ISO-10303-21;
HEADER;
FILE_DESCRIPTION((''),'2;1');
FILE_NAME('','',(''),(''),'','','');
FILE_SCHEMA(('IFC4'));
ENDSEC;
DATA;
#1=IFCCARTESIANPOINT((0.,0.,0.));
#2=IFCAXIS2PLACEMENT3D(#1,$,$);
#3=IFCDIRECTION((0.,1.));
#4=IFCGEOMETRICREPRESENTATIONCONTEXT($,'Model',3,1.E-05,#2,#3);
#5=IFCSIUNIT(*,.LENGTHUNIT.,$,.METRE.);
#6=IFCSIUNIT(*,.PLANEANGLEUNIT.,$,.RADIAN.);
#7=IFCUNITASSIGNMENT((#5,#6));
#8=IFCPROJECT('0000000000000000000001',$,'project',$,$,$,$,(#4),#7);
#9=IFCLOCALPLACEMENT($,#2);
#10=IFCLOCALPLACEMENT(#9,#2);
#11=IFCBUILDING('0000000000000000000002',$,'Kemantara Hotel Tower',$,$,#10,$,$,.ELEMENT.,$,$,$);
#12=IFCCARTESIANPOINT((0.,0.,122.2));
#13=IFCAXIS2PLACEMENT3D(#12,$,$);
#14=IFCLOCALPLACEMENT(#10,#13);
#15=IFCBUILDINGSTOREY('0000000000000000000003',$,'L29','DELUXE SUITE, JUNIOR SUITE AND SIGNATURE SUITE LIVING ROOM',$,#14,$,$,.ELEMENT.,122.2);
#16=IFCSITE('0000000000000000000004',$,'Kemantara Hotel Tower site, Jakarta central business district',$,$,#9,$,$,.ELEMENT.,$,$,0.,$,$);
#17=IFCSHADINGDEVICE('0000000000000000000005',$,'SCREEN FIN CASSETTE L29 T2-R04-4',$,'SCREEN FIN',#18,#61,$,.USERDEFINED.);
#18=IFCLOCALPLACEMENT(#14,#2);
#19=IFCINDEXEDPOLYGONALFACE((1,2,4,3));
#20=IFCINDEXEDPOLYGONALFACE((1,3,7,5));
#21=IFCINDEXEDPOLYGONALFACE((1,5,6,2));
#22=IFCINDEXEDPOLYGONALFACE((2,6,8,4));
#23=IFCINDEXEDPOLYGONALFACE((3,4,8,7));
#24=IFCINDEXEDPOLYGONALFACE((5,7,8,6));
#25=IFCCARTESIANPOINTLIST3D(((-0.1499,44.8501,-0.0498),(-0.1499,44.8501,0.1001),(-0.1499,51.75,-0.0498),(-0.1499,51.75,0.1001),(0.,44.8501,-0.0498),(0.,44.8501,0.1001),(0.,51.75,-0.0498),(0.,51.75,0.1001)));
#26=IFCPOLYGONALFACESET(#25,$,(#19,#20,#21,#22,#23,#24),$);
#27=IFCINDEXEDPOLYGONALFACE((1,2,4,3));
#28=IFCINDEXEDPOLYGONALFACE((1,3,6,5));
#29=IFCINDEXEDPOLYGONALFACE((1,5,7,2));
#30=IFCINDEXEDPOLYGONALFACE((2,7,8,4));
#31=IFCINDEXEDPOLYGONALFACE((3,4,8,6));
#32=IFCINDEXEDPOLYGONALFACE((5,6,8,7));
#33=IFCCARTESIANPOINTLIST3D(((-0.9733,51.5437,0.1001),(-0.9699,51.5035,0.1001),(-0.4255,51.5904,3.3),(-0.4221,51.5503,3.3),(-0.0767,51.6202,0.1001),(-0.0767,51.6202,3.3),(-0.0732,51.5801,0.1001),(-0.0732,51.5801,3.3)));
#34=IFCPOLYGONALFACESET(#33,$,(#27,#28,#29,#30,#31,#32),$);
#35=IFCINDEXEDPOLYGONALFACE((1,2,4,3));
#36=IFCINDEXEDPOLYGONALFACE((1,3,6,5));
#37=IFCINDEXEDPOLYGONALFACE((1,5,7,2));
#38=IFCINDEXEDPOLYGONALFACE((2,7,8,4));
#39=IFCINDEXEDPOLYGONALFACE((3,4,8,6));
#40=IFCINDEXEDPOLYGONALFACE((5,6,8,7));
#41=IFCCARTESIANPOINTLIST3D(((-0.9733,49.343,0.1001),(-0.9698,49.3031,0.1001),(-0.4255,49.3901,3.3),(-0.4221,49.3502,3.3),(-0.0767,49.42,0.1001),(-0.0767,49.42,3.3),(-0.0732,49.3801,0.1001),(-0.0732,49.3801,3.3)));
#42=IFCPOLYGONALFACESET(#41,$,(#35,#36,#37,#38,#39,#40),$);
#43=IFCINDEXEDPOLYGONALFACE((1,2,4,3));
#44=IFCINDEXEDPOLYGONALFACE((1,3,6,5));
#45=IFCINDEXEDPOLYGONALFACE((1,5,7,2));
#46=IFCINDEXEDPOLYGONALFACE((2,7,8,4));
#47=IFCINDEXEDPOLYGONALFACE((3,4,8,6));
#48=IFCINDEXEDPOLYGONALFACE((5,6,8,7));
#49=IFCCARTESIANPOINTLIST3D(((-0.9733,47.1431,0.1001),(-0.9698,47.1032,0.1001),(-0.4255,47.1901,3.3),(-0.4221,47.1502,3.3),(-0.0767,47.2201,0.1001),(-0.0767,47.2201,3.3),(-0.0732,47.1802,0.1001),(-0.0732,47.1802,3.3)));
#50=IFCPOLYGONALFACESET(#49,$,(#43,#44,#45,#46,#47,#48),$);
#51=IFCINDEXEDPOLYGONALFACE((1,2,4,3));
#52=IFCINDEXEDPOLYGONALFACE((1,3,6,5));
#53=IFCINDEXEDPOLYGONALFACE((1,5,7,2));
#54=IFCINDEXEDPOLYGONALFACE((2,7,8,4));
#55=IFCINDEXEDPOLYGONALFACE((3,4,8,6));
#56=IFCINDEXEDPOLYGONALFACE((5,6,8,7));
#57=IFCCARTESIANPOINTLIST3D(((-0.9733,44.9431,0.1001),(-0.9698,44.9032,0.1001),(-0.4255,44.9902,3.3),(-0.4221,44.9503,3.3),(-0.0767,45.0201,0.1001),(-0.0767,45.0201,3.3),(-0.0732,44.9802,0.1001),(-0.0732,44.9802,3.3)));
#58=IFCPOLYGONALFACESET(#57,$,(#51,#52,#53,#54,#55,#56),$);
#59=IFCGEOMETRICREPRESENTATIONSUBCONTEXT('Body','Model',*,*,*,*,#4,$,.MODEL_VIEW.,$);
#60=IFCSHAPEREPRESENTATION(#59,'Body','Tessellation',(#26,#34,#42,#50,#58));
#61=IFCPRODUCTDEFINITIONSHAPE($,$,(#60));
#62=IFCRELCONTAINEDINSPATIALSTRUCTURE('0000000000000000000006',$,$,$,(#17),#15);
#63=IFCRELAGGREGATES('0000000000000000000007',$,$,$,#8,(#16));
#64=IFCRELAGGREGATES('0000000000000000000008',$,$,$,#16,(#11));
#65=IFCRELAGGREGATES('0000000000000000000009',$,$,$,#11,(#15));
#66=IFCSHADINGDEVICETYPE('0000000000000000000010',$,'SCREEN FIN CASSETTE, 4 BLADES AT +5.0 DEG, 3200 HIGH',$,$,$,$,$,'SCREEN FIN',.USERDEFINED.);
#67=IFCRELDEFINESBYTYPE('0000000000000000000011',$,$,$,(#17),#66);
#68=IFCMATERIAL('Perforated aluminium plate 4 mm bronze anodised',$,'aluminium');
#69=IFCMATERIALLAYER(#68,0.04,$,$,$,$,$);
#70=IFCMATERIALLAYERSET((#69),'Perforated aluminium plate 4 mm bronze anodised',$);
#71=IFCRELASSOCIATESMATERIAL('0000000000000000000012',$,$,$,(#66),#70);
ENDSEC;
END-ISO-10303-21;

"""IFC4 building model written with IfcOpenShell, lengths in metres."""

from ifc_helpers import new_model, si_unit, direction, frame, origin, origin_2d, place, context, subcontext, project, spatial, polyline, rectangle, outline, extrude, source, transform, mapped, material, layer, layer_set, type_object, element, save


model = new_model("IFC4")

# Units and contexts
model_context = context("Model", 3, precision=1e-05, world=origin(), true_north=direction((0.0, 1.0)))
body_context = subcontext(model_context, "Body", "Model", "MODEL_VIEW")
ifc_project = project(units=[si_unit("LENGTHUNIT", "METRE"), si_unit("PLANEANGLEUNIT", "RADIAN")], contexts=[model_context])

# Site, building, storey
site_placement = place(None, origin())
site = spatial("IfcSite", under=ifc_project, at=site_placement, Name="Kemantara Hotel Tower site, Jakarta central business district", CompositionType="ELEMENT", RefElevation=0.0)
building_placement = place(site_placement, origin())
building = spatial("IfcBuilding", under=site, at=building_placement, Name="Kemantara Hotel Tower", CompositionType="ELEMENT")
storey_placement = place(building_placement, frame((0.0, 0.0, 122.2)))
storey = spatial("IfcBuildingStorey", under=building, at=storey_placement, Name="L29", Description="DELUXE SUITE, JUNIOR SUITE AND SIGNATURE SUITE LIVING ROOM", CompositionType="ELEMENT", Elevation=122.2)

# Shading device
ifc_material_1 = material(Name="Perforated aluminium plate 4 mm bronze anodised", Category="aluminium")
ifc_layer_1 = layer(ifc_material_1, 0.04)
ifc_layer_set_1 = layer_set([ifc_layer_1], Name="Perforated aluminium plate 4 mm bronze anodised")
shading_device_type_1 = type_object("IfcShadingDeviceType", Name="SCREEN FIN CASSETTE, 4 BLADES AT +5.0 DEG, 3200 HIGH", ElementType="SCREEN FIN", PredefinedType="USERDEFINED", material=ifc_layer_set_1)
shared_shape_1 = source(origin(), body_context, "Body", "SweptSolid", [
    extrude(rectangle(XDim=6.8999, YDim=0.1499, at=origin_2d()), frame((3.3, -0.075, -0.1499), z_axis=(0.0, 0.0, 1.0), x_axis=(1.0, 0.0, 0.0)), (0.0, 0.0, 1.0), 0.1499),
    extrude(outline(polyline([(0.0, 0.0), (0.8999, 0.0), (0.3501, 3.2), (0.0, 3.2), (0.0, 0.0)])), frame((0.02, -0.0732, 0.0), z_axis=(-0.996376, -0.085056, 0.0), x_axis=(0.085056, -0.996376, 0.0)), (0.0, 0.0, 1.0), 0.0403),
    extrude(outline(polyline([(0.0, 0.0), (0.8999, 0.0), (0.3501, 3.2), (0.0, 3.2), (0.0, 0.0)])), frame((2.22, -0.0732, 0.0), z_axis=(-0.996332, -0.085575, 0.0), x_axis=(0.085575, -0.996332, 0.0)), (0.0, 0.0, 1.0), 0.04),
    extrude(outline(polyline([(0.0, 0.0), (0.8999, 0.0), (0.3501, 3.2), (0.0, 3.2), (0.0, 0.0)])), frame((4.4199, -0.0732, 0.0), z_axis=(-0.996332, -0.085575, 0.0), x_axis=(0.085575, -0.996332, 0.0)), (0.0, 0.0, 1.0), 0.04),
    extrude(outline(polyline([(0.0, 0.0), (0.8999, 0.0), (0.3501, 3.2), (0.0, 3.2), (0.0, 0.0)])), frame((6.6199, -0.0732, 0.0), z_axis=(-0.996332, -0.085575, 0.0), x_axis=(0.085575, -0.996332, 0.0)), (0.0, 0.0, 1.0), 0.04),
])
shading_device_1_placement = place(storey_placement, frame((0.0, 51.6001, 0.1001), z_axis=(0.0, 0.0, 1.0), x_axis=(0.0, -1.0, 0.0)))
element("IfcShadingDevice", 1, at=shading_device_1_placement, inside=storey, type_object=shading_device_type_1, Name="SCREEN FIN CASSETTE L29 T2-R04-4", ObjectType="SCREEN FIN", PredefinedType="USERDEFINED", context=body_context, shape_type="MappedRepresentation", body=[
    mapped(shared_shape_1, transform((0.0, 0.0, 0.0))),
])

save(model, "model.ifc")
